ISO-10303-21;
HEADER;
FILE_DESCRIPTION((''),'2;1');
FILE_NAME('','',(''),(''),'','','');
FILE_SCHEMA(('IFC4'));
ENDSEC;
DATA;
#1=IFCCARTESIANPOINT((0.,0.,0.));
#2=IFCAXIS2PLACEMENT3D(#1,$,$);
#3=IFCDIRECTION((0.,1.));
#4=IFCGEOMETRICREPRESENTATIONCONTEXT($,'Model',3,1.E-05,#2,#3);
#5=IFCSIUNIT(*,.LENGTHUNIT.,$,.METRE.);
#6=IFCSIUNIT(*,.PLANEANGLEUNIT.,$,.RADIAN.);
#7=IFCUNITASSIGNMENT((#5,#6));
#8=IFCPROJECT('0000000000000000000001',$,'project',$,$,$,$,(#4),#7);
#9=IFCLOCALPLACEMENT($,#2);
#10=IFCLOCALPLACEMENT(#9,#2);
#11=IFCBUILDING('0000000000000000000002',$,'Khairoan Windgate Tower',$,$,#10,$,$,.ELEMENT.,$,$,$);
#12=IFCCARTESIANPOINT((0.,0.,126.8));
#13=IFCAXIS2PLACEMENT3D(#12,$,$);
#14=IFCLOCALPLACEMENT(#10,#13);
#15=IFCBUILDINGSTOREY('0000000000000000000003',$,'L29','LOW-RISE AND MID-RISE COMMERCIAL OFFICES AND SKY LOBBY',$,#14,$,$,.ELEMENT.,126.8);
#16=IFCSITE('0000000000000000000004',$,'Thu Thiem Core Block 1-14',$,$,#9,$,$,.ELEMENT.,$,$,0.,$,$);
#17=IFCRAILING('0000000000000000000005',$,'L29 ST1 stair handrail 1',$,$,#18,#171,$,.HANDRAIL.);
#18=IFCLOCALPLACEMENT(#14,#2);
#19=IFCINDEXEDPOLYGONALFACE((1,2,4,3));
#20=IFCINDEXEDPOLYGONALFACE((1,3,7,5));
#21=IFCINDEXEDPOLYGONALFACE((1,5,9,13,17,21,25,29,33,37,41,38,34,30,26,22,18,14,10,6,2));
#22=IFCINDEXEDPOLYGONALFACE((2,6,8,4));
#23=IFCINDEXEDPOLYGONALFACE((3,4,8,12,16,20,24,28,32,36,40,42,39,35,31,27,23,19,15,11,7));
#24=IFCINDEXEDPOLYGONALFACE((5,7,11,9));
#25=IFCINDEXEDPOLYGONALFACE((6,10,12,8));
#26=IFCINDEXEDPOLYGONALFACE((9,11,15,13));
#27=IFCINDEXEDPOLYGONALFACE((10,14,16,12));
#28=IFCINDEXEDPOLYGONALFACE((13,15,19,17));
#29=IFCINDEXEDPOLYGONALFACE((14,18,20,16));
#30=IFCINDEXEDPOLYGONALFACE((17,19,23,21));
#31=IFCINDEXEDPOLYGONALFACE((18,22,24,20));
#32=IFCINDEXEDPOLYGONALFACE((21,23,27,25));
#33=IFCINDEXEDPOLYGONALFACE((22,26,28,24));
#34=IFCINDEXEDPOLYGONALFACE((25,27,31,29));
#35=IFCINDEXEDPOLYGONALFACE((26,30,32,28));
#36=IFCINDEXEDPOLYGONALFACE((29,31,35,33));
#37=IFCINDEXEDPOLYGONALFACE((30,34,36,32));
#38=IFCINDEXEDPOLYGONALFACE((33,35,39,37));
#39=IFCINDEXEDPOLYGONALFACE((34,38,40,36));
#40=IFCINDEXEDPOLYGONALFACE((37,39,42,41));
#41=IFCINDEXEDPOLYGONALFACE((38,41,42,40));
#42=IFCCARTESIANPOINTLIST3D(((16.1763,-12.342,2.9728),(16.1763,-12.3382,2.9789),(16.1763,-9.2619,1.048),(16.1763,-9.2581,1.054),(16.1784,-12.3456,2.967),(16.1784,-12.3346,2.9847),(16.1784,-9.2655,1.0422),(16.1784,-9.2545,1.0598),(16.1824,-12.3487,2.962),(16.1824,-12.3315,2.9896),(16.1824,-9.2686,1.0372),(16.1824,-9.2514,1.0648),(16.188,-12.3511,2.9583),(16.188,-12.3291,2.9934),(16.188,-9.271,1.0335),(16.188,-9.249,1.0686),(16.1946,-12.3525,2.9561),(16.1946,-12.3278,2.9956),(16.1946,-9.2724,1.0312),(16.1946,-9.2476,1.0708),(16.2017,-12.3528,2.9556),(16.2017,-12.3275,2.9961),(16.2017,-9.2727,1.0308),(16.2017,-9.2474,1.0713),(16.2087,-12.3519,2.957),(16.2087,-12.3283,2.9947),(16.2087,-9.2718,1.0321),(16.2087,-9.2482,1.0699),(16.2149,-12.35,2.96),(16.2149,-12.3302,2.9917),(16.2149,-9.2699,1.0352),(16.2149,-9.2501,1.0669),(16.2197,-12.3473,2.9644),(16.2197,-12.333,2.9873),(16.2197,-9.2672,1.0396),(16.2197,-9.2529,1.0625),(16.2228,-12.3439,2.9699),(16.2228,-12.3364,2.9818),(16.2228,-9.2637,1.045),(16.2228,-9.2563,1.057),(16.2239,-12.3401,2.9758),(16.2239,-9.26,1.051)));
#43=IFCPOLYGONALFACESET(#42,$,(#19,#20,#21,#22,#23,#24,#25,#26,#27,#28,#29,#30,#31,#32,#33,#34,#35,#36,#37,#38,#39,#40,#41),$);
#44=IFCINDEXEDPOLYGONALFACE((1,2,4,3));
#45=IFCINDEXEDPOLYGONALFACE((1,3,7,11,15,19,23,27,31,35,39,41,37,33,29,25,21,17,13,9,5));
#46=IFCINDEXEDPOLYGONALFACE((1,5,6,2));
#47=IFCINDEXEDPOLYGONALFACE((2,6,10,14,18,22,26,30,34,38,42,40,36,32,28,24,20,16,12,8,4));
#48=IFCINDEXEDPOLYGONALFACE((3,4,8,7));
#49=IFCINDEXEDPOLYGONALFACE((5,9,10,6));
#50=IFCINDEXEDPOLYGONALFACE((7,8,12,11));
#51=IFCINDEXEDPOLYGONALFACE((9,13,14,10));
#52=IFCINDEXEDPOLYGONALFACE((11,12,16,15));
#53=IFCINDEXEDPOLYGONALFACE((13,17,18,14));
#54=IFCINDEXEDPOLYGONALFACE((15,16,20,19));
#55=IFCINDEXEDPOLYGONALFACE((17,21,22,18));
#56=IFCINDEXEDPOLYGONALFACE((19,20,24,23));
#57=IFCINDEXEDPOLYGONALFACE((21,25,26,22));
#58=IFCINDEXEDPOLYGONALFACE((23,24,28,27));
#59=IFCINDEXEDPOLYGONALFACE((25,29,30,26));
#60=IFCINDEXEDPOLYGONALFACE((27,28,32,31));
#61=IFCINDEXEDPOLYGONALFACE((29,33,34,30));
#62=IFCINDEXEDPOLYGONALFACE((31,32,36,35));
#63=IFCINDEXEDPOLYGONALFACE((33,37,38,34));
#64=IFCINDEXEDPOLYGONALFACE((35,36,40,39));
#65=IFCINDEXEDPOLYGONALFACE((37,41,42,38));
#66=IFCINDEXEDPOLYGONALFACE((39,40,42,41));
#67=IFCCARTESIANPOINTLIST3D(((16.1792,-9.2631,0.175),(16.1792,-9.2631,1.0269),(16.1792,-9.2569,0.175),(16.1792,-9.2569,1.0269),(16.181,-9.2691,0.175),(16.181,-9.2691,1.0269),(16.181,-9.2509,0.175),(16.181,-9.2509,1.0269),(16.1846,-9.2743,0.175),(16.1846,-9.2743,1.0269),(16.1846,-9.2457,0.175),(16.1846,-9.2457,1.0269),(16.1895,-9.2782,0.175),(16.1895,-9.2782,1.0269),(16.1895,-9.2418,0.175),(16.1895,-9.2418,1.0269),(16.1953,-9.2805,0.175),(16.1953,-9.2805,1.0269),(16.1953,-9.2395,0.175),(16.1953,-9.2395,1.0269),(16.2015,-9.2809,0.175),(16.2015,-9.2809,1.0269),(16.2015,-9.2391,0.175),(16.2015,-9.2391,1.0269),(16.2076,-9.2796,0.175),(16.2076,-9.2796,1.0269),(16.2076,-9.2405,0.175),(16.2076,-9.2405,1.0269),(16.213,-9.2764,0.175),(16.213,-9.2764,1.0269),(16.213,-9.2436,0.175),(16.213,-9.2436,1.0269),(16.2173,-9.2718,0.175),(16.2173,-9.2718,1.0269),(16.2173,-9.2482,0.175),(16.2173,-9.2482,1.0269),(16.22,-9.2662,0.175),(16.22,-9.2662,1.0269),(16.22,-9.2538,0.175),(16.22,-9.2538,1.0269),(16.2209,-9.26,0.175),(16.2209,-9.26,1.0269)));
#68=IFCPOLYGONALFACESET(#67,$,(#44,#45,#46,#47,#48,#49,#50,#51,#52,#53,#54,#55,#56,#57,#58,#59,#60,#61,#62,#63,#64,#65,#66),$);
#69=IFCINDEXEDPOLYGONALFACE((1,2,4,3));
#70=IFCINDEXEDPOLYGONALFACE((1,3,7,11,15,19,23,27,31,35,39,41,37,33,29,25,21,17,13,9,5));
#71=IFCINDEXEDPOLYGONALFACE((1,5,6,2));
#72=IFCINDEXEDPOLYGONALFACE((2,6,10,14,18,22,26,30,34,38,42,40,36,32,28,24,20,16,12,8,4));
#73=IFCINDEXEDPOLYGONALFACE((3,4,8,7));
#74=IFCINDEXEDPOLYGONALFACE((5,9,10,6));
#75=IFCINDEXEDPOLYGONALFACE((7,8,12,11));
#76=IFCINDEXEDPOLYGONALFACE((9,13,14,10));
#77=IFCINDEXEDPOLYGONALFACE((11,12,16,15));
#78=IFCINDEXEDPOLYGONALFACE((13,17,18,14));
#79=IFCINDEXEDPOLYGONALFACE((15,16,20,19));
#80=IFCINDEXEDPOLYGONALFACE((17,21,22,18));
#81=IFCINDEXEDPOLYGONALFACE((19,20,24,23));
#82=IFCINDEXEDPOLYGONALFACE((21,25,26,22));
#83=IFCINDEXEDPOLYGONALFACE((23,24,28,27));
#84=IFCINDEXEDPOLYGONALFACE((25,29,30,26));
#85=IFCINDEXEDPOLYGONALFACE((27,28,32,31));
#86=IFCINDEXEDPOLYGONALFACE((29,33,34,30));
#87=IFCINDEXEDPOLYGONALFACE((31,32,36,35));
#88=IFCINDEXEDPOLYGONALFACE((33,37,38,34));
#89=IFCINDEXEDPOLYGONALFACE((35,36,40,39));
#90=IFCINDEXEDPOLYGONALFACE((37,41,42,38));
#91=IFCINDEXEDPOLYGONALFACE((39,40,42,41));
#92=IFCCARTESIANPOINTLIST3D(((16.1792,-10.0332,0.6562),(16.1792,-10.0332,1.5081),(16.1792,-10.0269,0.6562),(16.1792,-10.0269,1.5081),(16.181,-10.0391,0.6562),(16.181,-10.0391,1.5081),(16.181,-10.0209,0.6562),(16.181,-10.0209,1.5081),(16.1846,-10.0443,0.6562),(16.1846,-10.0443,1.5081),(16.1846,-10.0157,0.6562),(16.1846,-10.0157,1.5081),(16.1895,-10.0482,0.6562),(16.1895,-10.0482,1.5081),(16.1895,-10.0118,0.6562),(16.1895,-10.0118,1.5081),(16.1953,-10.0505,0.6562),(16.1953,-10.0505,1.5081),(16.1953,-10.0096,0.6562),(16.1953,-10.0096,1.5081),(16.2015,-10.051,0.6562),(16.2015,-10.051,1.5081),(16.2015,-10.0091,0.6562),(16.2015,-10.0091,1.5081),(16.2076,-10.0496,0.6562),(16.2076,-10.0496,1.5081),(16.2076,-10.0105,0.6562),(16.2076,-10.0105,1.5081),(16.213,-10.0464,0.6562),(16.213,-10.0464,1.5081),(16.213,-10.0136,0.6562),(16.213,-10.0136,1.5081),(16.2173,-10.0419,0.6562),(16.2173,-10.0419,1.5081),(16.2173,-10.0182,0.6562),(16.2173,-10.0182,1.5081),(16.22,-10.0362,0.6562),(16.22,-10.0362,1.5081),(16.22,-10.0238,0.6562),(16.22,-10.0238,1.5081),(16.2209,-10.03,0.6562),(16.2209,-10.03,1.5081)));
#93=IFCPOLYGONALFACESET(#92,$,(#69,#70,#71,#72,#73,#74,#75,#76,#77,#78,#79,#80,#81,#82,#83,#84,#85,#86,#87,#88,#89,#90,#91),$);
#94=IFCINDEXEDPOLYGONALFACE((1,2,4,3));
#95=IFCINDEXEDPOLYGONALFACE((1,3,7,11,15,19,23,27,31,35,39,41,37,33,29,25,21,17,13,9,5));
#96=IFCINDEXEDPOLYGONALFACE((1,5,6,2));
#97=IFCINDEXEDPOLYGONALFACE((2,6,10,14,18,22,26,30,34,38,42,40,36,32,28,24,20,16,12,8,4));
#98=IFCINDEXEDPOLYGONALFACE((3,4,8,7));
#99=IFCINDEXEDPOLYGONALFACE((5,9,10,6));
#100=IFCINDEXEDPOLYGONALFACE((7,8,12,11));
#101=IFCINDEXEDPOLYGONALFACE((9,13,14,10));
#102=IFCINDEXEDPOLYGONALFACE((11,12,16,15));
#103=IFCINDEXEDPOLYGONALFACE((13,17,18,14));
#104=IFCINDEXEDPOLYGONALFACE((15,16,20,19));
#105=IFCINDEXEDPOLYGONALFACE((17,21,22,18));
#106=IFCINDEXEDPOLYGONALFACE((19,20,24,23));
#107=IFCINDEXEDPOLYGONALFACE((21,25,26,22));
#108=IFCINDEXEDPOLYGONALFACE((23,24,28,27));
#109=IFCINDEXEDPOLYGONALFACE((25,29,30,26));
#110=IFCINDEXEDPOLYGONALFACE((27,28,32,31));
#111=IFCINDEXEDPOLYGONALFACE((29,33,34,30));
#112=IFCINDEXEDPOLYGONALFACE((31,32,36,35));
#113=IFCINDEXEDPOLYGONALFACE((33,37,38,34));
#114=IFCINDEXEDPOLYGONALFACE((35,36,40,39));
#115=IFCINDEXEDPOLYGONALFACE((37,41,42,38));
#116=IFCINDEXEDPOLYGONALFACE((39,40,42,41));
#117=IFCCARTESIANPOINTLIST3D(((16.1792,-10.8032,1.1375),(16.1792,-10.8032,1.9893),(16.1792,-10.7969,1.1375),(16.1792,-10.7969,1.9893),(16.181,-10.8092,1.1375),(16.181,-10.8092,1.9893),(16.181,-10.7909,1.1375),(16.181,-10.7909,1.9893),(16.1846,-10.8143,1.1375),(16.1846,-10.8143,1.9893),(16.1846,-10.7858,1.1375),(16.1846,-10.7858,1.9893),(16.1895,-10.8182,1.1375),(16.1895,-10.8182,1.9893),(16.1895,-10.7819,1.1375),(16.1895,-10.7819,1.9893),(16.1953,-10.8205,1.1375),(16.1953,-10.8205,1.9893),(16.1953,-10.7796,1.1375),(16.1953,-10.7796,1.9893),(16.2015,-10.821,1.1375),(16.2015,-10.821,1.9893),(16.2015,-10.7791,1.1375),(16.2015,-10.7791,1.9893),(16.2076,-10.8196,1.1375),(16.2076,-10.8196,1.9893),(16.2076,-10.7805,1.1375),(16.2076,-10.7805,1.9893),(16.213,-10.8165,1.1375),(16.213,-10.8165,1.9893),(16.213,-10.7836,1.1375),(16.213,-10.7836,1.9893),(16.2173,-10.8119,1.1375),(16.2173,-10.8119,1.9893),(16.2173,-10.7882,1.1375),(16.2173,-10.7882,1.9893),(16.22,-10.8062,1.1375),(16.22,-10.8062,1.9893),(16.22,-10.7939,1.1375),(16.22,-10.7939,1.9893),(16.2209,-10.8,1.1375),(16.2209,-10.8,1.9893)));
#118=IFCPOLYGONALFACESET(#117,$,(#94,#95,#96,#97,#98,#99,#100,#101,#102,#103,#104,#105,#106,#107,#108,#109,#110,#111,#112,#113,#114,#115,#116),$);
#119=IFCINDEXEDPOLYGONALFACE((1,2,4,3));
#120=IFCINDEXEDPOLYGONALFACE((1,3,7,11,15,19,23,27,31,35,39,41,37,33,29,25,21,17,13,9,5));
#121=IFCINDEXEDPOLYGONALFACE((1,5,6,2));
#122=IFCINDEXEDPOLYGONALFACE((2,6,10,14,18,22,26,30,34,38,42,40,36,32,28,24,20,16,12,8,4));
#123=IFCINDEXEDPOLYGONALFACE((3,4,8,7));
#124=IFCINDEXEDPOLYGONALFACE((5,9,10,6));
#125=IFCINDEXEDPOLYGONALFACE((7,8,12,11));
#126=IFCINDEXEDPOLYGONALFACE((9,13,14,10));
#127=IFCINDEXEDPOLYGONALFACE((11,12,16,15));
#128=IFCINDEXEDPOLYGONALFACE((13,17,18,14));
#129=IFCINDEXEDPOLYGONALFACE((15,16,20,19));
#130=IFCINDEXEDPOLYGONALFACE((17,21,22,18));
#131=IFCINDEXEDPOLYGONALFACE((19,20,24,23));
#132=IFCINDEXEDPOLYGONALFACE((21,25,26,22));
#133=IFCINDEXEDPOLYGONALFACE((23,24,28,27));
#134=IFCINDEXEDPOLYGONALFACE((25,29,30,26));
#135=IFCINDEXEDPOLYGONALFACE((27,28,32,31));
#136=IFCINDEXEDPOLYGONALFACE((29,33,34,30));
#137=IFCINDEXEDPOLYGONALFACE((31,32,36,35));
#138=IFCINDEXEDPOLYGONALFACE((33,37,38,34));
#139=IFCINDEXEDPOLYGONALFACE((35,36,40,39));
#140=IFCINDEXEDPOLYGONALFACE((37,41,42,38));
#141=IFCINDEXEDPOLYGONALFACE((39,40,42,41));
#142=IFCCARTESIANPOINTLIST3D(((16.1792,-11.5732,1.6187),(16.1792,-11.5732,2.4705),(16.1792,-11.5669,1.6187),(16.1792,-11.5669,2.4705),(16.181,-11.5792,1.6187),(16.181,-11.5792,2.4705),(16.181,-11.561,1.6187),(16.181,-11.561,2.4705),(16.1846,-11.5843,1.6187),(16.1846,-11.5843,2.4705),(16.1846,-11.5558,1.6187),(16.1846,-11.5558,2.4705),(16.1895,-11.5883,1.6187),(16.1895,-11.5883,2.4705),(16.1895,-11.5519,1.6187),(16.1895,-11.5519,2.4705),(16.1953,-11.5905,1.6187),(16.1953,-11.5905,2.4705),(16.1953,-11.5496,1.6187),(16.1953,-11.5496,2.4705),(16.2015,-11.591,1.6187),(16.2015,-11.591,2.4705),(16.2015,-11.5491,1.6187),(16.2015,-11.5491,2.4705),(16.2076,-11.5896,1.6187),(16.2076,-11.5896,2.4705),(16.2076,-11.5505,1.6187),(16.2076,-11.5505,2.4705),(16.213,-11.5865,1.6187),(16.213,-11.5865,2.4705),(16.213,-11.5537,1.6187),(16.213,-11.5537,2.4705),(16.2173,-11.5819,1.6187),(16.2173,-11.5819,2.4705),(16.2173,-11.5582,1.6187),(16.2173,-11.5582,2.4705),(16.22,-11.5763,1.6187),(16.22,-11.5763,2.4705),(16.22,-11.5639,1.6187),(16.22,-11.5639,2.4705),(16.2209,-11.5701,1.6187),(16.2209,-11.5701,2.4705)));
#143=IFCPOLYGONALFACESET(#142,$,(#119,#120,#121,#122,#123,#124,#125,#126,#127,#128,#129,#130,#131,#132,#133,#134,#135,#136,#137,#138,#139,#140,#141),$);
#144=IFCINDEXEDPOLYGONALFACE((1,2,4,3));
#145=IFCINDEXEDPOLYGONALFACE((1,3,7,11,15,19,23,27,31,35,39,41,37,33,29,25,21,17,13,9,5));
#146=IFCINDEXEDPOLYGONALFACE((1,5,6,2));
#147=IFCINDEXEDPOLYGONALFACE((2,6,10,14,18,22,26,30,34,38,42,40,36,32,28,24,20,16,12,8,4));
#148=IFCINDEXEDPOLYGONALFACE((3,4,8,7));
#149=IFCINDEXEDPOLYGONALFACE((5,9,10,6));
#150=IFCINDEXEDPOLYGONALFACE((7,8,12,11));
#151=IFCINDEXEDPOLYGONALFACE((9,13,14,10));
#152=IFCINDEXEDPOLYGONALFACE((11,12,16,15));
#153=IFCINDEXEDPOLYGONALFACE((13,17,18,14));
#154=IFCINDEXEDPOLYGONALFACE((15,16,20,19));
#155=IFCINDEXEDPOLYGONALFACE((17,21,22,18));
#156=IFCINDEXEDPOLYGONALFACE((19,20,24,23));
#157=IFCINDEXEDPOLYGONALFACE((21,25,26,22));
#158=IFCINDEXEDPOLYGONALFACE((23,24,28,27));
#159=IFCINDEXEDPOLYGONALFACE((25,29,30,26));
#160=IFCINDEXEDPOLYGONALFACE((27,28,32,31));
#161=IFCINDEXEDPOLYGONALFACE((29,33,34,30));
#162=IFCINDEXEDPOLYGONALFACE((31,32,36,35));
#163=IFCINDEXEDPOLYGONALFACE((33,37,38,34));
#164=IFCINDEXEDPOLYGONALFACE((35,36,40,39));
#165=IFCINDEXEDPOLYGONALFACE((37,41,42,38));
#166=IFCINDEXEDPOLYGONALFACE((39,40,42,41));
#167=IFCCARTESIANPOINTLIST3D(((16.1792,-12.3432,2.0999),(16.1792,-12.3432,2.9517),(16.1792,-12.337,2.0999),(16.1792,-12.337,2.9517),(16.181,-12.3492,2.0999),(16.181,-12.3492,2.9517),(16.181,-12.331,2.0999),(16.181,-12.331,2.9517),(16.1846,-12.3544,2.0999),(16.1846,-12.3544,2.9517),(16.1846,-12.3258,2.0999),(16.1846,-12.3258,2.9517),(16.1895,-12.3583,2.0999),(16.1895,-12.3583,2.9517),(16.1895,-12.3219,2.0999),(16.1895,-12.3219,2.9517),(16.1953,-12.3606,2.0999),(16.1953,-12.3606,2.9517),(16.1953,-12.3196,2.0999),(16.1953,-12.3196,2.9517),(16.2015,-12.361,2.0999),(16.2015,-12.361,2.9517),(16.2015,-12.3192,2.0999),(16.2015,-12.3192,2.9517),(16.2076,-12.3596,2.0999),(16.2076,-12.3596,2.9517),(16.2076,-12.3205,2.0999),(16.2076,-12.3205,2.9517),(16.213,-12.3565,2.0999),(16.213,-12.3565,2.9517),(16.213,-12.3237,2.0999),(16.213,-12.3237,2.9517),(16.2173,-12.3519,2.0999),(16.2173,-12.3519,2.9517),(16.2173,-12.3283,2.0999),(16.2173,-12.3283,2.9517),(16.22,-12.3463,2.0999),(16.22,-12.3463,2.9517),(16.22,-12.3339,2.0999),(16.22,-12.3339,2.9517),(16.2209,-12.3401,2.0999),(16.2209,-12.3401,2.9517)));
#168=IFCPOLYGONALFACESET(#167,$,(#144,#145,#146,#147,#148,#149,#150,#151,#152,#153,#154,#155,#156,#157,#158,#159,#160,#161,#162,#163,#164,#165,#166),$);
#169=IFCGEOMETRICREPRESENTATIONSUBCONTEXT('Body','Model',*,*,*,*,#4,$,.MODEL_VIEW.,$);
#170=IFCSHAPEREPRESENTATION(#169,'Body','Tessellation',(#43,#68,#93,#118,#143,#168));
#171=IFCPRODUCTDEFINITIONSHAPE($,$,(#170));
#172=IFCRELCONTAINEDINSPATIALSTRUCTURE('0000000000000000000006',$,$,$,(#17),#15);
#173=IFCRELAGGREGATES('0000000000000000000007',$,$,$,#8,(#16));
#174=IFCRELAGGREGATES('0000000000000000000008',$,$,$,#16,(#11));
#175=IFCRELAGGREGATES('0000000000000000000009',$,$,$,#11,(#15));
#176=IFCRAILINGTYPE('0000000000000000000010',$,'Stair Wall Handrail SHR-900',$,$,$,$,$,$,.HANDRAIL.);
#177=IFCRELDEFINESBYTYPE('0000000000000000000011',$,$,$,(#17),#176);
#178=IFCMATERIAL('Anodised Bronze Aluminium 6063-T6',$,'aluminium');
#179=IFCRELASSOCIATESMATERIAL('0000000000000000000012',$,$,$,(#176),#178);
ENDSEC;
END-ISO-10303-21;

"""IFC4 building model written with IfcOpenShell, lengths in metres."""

from ifc_helpers import new_model, si_unit, direction, frame, origin, origin_2d, place, context, subcontext, project, spatial, circle, extrude, material, type_object, element, save


model = new_model("IFC4")

# Units and contexts
model_context = context("Model", 3, precision=1e-05, world=origin(), true_north=direction((0.0, 1.0)))
body_context = subcontext(model_context, "Body", "Model", "MODEL_VIEW")
ifc_project = project(units=[si_unit("LENGTHUNIT", "METRE"), si_unit("PLANEANGLEUNIT", "RADIAN")], contexts=[model_context])

# Site, building, storey
site_placement = place(None, origin())
site = spatial("IfcSite", under=ifc_project, at=site_placement, Name="Thu Thiem Core Block 1-14", CompositionType="ELEMENT", RefElevation=0.0)
building_placement = place(site_placement, origin())
building = spatial("IfcBuilding", under=site, at=building_placement, Name="Khairoan Windgate Tower", CompositionType="ELEMENT")
storey_placement = place(building_placement, frame((0.0, 0.0, 126.8)))
storey = spatial("IfcBuildingStorey", under=building, at=storey_placement, Name="L29", Description="LOW-RISE AND MID-RISE COMMERCIAL OFFICES AND SKY LOBBY", CompositionType="ELEMENT", Elevation=126.8)

# Railing
ifc_material_1 = material(Name="Anodised Bronze Aluminium 6063-T6", Category="aluminium")
railing_type_1 = type_object("IfcRailingType", Name="Stair Wall Handrail SHR-900", PredefinedType="HANDRAIL", material=ifc_material_1)
railing_1_placement = place(storey_placement, frame((16.2, -9.26, 0.175)))
element("IfcRailing", 1, at=railing_1_placement, inside=storey, type_object=railing_type_1, Name="L29 ST1 stair handrail 1", PredefinedType="HANDRAIL", context=body_context, shape_type="SweptSolid", body=[
    extrude(circle(Radius=0.0239, at=origin_2d()), frame((0.0, 0.0, 0.876), z_axis=(0.0, -0.848029, 0.529951), x_axis=(1.0, 0.0, 0.0)), (0.0, 0.0, 1.0), 3.6321),
    extrude(circle(Radius=0.021, at=origin_2d()), origin(), (0.0, 0.0, 1.0), 0.8518),
    extrude(circle(Radius=0.021, at=origin_2d()), frame((0.0, -0.77, 0.4812)), (0.0, 0.0, 1.0), 0.8518),
    extrude(circle(Radius=0.021, at=origin_2d()), frame((0.0, -1.54, 0.9624)), (0.0, 0.0, 1.0), 0.8518),
    extrude(circle(Radius=0.021, at=origin_2d()), frame((0.0, -2.3101, 1.4436)), (0.0, 0.0, 1.0), 0.8518),
    extrude(circle(Radius=0.021, at=origin_2d()), frame((0.0, -3.0801, 1.9248)), (0.0, 0.0, 1.0), 0.8518),
])

save(model, "model.ifc")
